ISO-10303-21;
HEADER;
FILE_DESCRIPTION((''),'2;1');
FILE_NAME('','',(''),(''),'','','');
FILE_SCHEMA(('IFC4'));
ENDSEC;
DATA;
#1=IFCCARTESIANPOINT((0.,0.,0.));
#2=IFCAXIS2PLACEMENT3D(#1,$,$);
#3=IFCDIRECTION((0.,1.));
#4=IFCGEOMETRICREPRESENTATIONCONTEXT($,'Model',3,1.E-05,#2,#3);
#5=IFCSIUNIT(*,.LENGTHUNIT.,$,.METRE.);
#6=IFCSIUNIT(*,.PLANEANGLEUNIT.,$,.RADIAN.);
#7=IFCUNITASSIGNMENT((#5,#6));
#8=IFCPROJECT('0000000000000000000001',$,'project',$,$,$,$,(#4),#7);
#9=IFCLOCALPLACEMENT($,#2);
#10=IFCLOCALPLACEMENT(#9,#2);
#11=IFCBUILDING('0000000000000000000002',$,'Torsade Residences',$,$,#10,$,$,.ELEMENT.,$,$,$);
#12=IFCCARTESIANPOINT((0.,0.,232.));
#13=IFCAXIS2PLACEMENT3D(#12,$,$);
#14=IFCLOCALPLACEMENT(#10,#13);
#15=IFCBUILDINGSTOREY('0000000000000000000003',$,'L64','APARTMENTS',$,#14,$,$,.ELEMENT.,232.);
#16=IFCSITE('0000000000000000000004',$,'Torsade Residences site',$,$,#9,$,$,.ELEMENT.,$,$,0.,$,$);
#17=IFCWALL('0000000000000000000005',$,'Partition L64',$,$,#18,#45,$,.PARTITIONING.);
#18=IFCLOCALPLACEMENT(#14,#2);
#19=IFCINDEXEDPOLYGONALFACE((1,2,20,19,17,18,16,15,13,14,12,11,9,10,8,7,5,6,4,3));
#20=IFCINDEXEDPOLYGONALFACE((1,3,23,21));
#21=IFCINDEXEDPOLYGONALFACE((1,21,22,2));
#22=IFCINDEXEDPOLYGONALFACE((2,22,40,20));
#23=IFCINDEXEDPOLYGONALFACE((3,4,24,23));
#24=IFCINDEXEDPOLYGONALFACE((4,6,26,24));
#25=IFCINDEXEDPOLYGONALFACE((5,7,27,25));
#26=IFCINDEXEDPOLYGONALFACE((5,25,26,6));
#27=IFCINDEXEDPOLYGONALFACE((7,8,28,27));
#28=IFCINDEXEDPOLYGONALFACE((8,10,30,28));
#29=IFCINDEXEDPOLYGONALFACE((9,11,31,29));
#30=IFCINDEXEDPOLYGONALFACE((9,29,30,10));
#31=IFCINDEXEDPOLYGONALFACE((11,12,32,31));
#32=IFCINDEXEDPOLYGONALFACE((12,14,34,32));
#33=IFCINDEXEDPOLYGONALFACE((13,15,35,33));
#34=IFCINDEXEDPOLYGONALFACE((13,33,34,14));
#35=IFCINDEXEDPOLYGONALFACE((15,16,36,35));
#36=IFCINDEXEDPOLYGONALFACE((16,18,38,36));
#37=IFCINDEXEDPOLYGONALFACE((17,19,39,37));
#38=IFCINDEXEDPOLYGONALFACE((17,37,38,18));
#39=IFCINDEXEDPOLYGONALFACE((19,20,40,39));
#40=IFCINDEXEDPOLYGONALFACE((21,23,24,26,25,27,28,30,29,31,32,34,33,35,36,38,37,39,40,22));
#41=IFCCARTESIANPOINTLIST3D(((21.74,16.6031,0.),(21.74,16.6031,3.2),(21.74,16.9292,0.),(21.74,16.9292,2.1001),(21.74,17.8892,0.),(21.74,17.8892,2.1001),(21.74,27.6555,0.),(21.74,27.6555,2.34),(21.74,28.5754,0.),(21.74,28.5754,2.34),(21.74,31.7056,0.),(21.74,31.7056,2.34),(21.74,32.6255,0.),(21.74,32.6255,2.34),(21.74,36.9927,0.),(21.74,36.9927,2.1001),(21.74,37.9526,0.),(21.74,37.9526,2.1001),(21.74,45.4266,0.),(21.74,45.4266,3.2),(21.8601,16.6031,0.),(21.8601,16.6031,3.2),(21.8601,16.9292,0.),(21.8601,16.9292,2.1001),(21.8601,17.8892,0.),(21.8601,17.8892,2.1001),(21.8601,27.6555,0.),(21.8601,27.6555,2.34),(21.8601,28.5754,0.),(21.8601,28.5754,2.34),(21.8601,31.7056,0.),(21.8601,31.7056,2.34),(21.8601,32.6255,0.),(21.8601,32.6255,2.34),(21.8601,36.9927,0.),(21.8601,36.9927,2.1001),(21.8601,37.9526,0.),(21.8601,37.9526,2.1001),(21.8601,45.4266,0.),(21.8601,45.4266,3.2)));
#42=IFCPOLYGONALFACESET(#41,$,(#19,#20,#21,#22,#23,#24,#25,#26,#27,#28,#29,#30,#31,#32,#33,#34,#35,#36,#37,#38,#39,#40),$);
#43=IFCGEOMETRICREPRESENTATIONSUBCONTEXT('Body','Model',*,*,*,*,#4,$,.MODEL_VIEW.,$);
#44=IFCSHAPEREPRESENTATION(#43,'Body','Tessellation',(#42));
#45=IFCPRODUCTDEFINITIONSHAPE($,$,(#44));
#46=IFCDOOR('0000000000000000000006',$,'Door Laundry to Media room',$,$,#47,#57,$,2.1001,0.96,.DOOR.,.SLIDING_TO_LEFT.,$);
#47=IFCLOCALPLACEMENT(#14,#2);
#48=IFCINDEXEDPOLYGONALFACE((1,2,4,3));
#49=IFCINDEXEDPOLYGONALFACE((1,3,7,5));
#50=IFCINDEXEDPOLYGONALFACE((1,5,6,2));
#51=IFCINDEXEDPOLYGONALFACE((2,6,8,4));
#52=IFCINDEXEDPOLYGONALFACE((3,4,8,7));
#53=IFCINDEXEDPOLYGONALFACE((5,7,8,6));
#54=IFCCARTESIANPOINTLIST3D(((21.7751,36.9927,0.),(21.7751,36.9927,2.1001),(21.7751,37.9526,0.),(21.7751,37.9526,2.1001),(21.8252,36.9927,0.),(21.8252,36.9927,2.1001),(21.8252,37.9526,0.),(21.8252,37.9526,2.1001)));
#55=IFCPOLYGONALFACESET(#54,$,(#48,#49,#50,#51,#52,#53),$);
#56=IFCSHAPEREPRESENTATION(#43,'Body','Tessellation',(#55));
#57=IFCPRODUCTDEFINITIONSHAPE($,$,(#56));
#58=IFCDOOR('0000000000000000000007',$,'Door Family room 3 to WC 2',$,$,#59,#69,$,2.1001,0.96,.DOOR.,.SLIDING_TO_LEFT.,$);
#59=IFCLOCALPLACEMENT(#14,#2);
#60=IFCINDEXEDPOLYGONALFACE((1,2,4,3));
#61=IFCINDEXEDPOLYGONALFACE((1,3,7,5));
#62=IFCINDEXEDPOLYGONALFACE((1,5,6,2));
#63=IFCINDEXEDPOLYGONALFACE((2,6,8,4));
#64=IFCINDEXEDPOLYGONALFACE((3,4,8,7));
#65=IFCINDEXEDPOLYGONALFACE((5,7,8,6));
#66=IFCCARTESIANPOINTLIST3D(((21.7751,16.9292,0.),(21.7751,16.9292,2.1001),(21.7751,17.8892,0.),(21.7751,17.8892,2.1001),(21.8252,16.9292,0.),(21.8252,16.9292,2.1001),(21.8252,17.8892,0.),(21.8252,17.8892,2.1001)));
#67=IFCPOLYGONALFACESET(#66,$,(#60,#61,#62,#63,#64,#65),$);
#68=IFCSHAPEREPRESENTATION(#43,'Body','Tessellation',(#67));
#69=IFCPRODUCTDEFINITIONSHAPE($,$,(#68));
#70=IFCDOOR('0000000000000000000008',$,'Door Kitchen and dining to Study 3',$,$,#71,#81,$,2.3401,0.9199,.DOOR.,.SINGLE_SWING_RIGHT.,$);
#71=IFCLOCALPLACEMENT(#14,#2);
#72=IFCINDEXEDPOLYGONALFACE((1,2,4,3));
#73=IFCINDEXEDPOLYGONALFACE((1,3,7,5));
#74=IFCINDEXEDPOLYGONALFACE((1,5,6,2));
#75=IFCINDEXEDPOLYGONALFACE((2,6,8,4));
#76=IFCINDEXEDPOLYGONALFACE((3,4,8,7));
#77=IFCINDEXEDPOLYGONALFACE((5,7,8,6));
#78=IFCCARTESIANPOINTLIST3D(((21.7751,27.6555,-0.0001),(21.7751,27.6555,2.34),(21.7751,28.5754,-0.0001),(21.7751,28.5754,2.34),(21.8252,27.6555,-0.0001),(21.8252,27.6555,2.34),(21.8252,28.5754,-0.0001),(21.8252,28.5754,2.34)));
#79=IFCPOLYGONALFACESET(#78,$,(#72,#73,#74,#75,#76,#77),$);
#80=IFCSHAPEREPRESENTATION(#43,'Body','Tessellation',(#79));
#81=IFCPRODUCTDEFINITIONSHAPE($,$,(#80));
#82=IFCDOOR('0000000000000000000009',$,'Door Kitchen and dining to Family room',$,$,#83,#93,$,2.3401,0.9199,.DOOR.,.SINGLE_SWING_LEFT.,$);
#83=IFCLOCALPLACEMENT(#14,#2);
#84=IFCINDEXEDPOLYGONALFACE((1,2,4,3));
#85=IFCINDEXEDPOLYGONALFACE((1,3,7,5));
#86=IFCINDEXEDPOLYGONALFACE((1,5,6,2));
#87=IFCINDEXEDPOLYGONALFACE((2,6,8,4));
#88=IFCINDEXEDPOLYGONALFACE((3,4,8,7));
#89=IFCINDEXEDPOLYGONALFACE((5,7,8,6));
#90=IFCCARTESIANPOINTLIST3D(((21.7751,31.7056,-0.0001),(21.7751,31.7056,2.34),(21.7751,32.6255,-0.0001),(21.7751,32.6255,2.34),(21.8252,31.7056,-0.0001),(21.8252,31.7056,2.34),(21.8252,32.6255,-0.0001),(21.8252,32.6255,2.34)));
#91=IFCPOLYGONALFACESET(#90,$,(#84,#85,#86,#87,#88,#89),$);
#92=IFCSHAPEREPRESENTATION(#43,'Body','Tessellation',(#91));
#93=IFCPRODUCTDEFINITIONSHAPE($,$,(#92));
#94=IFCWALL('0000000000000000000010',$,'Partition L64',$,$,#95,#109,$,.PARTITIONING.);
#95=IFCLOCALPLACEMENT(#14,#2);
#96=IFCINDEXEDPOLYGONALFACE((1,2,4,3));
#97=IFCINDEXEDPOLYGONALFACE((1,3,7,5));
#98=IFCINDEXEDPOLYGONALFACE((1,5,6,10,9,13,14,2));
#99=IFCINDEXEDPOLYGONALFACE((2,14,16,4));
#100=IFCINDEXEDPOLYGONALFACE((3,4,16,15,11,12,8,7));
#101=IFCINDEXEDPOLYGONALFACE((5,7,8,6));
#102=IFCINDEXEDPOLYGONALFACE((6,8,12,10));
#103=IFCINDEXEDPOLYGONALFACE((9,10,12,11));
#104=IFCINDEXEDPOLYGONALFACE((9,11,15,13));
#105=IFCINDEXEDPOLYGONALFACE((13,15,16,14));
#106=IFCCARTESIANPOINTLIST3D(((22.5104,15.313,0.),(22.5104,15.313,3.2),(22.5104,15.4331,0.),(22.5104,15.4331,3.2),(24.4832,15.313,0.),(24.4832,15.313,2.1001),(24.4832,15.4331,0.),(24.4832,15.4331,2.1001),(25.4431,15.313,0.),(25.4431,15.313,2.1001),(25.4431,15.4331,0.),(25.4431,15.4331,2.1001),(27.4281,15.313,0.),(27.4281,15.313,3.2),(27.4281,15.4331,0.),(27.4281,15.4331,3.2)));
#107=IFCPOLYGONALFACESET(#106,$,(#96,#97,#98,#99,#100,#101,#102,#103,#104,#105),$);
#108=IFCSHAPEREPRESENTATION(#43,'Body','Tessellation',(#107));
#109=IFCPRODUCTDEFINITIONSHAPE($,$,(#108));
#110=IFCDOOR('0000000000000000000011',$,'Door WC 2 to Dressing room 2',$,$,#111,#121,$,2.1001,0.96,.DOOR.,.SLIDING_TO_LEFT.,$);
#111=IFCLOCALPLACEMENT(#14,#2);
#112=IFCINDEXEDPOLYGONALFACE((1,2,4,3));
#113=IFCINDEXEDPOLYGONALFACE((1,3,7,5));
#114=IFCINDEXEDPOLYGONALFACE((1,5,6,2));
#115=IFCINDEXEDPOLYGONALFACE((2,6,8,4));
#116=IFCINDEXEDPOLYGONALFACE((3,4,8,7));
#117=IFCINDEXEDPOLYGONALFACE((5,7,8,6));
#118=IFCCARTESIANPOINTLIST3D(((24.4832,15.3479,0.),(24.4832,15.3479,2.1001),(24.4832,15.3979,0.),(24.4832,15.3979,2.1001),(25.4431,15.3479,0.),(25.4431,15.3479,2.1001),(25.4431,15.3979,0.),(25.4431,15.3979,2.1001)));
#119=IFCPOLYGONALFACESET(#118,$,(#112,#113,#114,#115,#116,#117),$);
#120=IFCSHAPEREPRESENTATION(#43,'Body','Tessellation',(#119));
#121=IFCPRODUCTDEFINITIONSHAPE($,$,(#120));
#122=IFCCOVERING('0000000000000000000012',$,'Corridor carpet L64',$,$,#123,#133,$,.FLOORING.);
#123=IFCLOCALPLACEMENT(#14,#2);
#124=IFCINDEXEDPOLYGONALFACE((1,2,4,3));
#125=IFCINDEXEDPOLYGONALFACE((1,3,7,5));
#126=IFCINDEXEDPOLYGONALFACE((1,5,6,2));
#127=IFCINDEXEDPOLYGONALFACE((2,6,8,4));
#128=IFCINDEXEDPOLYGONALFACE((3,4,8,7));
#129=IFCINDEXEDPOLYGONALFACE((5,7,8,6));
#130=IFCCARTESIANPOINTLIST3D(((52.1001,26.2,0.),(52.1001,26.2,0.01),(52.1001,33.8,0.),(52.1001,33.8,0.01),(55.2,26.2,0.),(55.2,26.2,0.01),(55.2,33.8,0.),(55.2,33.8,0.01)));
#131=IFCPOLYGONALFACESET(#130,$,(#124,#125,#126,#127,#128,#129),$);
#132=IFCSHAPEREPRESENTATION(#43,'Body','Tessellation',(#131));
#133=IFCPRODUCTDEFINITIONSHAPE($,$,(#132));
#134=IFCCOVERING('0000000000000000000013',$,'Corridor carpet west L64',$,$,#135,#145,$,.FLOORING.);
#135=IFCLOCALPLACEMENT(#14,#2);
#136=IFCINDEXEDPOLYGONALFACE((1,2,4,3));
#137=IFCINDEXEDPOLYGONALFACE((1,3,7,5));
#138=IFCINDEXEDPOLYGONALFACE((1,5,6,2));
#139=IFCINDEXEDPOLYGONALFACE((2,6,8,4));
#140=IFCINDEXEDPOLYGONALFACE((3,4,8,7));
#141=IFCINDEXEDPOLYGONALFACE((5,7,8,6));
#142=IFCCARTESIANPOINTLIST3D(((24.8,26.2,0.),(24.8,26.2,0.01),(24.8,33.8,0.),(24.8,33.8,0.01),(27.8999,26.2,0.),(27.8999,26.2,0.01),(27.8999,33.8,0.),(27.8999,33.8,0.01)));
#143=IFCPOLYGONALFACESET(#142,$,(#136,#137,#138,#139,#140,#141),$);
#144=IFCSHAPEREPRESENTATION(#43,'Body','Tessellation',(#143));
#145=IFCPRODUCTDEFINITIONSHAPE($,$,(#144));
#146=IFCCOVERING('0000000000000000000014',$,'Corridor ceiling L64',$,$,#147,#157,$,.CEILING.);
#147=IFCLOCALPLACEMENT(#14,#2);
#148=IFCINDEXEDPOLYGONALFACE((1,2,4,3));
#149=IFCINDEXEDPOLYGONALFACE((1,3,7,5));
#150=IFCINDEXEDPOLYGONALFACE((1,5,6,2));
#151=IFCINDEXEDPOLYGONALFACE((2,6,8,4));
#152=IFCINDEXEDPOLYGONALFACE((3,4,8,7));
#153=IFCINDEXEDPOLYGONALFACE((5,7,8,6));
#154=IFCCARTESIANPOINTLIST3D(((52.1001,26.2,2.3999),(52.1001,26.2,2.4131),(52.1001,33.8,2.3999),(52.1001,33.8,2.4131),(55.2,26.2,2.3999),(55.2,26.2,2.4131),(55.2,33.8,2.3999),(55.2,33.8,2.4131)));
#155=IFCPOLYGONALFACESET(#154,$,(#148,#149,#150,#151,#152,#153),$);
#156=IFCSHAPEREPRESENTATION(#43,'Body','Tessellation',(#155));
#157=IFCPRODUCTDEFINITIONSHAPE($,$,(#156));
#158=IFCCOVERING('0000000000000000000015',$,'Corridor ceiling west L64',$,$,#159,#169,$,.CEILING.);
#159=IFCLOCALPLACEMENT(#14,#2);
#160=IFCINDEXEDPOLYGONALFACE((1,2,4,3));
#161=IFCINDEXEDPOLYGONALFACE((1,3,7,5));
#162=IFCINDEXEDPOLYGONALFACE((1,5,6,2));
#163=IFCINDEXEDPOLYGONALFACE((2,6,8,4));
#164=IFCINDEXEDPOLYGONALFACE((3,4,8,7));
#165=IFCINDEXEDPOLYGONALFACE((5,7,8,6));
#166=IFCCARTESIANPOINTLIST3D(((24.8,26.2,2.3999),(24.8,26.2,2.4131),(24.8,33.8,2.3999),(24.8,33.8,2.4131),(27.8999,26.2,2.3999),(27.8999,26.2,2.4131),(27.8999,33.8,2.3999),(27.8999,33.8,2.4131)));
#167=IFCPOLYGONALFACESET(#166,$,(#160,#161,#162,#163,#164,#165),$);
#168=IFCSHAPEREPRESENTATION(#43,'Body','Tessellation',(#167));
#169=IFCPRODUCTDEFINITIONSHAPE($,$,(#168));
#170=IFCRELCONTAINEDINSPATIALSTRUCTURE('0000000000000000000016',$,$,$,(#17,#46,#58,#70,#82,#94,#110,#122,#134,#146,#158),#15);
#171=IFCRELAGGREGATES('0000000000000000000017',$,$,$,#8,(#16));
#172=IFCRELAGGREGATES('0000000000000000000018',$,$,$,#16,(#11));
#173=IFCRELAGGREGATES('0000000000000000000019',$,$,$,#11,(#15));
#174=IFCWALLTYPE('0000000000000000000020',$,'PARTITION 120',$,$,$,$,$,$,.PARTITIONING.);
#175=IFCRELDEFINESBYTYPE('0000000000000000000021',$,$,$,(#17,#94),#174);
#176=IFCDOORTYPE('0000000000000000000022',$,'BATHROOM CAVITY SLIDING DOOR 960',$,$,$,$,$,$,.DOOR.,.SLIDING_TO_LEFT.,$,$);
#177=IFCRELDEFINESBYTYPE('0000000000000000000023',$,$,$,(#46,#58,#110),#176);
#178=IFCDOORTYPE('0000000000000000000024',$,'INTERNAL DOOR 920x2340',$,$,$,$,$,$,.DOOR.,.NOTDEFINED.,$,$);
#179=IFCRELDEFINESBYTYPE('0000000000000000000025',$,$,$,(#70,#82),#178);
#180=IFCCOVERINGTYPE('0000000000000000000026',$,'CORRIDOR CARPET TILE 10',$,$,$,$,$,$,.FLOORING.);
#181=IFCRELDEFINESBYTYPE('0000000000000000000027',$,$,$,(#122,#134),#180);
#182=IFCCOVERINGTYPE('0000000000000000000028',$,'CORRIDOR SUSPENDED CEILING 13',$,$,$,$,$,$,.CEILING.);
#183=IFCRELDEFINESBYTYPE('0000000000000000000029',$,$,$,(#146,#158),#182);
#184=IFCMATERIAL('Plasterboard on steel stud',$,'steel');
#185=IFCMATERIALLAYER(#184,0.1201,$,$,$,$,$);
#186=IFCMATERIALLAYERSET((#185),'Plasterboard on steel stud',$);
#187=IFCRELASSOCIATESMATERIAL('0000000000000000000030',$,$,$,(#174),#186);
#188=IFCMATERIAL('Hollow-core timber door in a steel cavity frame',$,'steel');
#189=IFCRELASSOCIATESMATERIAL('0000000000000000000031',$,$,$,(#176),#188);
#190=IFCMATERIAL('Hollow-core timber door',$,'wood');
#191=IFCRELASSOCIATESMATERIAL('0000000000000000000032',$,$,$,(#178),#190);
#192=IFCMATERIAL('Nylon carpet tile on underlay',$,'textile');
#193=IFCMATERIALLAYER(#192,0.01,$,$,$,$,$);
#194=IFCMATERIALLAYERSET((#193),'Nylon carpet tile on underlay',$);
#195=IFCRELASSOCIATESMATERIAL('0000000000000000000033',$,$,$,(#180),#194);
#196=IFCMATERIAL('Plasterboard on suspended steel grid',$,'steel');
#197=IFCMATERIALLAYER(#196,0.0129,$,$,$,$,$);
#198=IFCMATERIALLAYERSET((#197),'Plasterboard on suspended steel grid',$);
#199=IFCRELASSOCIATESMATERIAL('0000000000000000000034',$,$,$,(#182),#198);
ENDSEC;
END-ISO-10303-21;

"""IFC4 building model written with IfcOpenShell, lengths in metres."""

from ifc_helpers import new_model, si_unit, direction, frame, frame_2d, origin, place, context, subcontext, project, spatial, polyline, rectangle, outline, extrude, material, layer, layer_set, type_object, element, fill, save


model = new_model("IFC4")

# Units and contexts
model_context = context("Model", 3, precision=1e-05, world=origin(), true_north=direction((0.0, 1.0)))
body_context = subcontext(model_context, "Body", "Model", "MODEL_VIEW")
ifc_project = project(units=[si_unit("LENGTHUNIT", "METRE"), si_unit("PLANEANGLEUNIT", "RADIAN")], contexts=[model_context])

# Site, building, storey
site_placement = place(None, origin())
site = spatial("IfcSite", under=ifc_project, at=site_placement, Name="Torsade Residences site", CompositionType="ELEMENT", RefElevation=0.0)
building_placement = place(site_placement, origin())
building = spatial("IfcBuilding", under=site, at=building_placement, Name="Torsade Residences", CompositionType="ELEMENT")
storey_placement = place(building_placement, frame((0.0, 0.0, 232.0)))
storey = spatial("IfcBuildingStorey", under=building, at=storey_placement, Name="L64", Description="APARTMENTS", CompositionType="ELEMENT", Elevation=232.0)

# Wall, openings, doors
ifc_material_1 = material(Name="Plasterboard on steel stud", Category="steel")
ifc_layer_1 = layer(ifc_material_1, 0.1201)
ifc_layer_set_1 = layer_set([ifc_layer_1], Name="Plasterboard on steel stud")
wall_type = type_object("IfcWallType", Name="PARTITION 120", PredefinedType="PARTITIONING", material=ifc_layer_set_1)
wall_1_placement = place(storey_placement, frame((21.8, 16.6033, 0.0), z_axis=(0.0, 0.0, 1.0), x_axis=(0.0, 1.0, 0.0)))
wall_1 = element("IfcWall", 1, at=wall_1_placement, inside=storey, type_object=wall_type, Name="Partition L64", PredefinedType="PARTITIONING", context=body_context, shape_type="SweptSolid", body=[
    extrude(rectangle(XDim=28.8235, YDim=0.1201, at=frame_2d((14.4116, 0.0))), origin(), (0.0, 0.0, 1.0), 3.2),
])
opening_1_placement = place(wall_1_placement, frame((11.0522, 0.0, 0.0)))
opening_1 = element("IfcOpeningElement", 2, at=opening_1_placement, cuts=wall_1, PredefinedType="OPENING", context=body_context, shape_type="SweptSolid", body=[
    extrude(rectangle(XDim=0.9199, YDim=2.3401, at=frame_2d((0.46, 1.1699))), frame((0.0, 0.0701, 0.0), z_axis=(0.0, -1.0, 0.0), x_axis=(1.0, 0.0, 0.0)), (0.0, 0.0, 1.0), 0.1401),
])
opening_2_placement = place(wall_1_placement, frame((15.1023, 0.0, 0.0)))
opening_2 = element("IfcOpeningElement", 3, at=opening_2_placement, cuts=wall_1, PredefinedType="OPENING", context=body_context, shape_type="SweptSolid", body=[
    extrude(rectangle(XDim=0.9199, YDim=2.3401, at=frame_2d((0.46, 1.1699))), frame((0.0, 0.0701, 0.0), z_axis=(0.0, -1.0, 0.0), x_axis=(1.0, 0.0, 0.0)), (0.0, 0.0, 1.0), 0.1401),
])
opening_3_placement = place(wall_1_placement, frame((20.3894, 0.0, 0.0)))
opening_3 = element("IfcOpeningElement", 4, at=opening_3_placement, cuts=wall_1, PredefinedType="OPENING", context=body_context, shape_type="SweptSolid", body=[
    extrude(rectangle(XDim=0.96, YDim=2.1001, at=frame_2d((0.48, 1.05))), frame((0.0, 0.0701, 0.0), z_axis=(0.0, -1.0, 0.0), x_axis=(1.0, 0.0, 0.0)), (0.0, 0.0, 1.0), 0.1401),
])
opening_4_placement = place(wall_1_placement, frame((0.3259, 0.0, 0.0)))
opening_4 = element("IfcOpeningElement", 5, at=opening_4_placement, cuts=wall_1, PredefinedType="OPENING", context=body_context, shape_type="SweptSolid", body=[
    extrude(rectangle(XDim=0.96, YDim=2.1001, at=frame_2d((0.48, 1.05))), frame((0.0, 0.0701, 0.0), z_axis=(0.0, -1.0, 0.0), x_axis=(1.0, 0.0, 0.0)), (0.0, 0.0, 1.0), 0.1401),
])
ifc_material_2 = material(Name="Hollow-core timber door in a steel cavity frame", Category="steel")
door_type_1 = type_object("IfcDoorType", Name="BATHROOM CAVITY SLIDING DOOR 960", OperationType="SLIDING_TO_LEFT", PredefinedType="DOOR", material=ifc_material_2)
door_1_placement = place(opening_3_placement, origin())
door_1 = element("IfcDoor", 6, at=door_1_placement, inside=storey, type_object=door_type_1, Name="Door Laundry to Media room", OperationType="SLIDING_TO_LEFT", OverallHeight=2.1001, OverallWidth=0.96, PredefinedType="DOOR", context=body_context, shape_type="SweptSolid", body=[
    extrude(rectangle(XDim=0.96, YDim=2.1001, at=frame_2d((0.48, 1.05))), frame((0.0, 0.0249, 0.0), z_axis=(0.0, -1.0, 0.0), x_axis=(1.0, 0.0, 0.0)), (0.0, 0.0, 1.0), 0.05),
])
fill(opening_3, door_1)
door_2_placement = place(opening_4_placement, origin())
door_2 = element("IfcDoor", 7, at=door_2_placement, inside=storey, type_object=door_type_1, Name="Door Family room 3 to WC 2", OperationType="SLIDING_TO_LEFT", OverallHeight=2.1001, OverallWidth=0.96, PredefinedType="DOOR", context=body_context, shape_type="SweptSolid", body=[
    extrude(rectangle(XDim=0.96, YDim=2.1001, at=frame_2d((0.48, 1.05))), frame((0.0, 0.0249, 0.0), z_axis=(0.0, -1.0, 0.0), x_axis=(1.0, 0.0, 0.0)), (0.0, 0.0, 1.0), 0.05),
])
fill(opening_4, door_2)
ifc_material_3 = material(Name="Hollow-core timber door", Category="wood")
door_type_2 = type_object("IfcDoorType", Name="INTERNAL DOOR 920x2340", OperationType="NOTDEFINED", PredefinedType="DOOR", material=ifc_material_3)
door_3_placement = place(opening_1_placement, origin())
door_3 = element("IfcDoor", 8, at=door_3_placement, inside=storey, type_object=door_type_2, Name="Door Kitchen and dining to Study 3", OperationType="SINGLE_SWING_RIGHT", OverallHeight=2.3401, OverallWidth=0.9199, PredefinedType="DOOR", context=body_context, shape_type="SweptSolid", body=[
    extrude(rectangle(XDim=0.9199, YDim=2.3401, at=frame_2d((0.46, 1.1699))), frame((0.0, 0.0249, 0.0), z_axis=(0.0, -1.0, 0.0), x_axis=(1.0, 0.0, 0.0)), (0.0, 0.0, 1.0), 0.05),
])
fill(opening_1, door_3)
door_4_placement = place(opening_2_placement, origin())
door_4 = element("IfcDoor", 9, at=door_4_placement, inside=storey, type_object=door_type_2, Name="Door Kitchen and dining to Family room", OperationType="SINGLE_SWING_LEFT", OverallHeight=2.3401, OverallWidth=0.9199, PredefinedType="DOOR", context=body_context, shape_type="SweptSolid", body=[
    extrude(rectangle(XDim=0.9199, YDim=2.3401, at=frame_2d((0.46, 1.1699))), frame((0.0, 0.0249, 0.0), z_axis=(0.0, -1.0, 0.0), x_axis=(1.0, 0.0, 0.0)), (0.0, 0.0, 1.0), 0.05),
])
fill(opening_2, door_4)

# Wall, opening, door
wall_2_placement = place(storey_placement, frame((22.5103, 15.373, 0.0), z_axis=(0.0, 0.0, 1.0), x_axis=(1.0, 0.0, 0.0)))
wall_2 = element("IfcWall", 10, at=wall_2_placement, inside=storey, type_object=wall_type, Name="Partition L64", PredefinedType="PARTITIONING", context=body_context, shape_type="SweptSolid", body=[
    extrude(rectangle(XDim=4.9177, YDim=0.1201, at=frame_2d((2.459, 0.0))), origin(), (0.0, 0.0, 1.0), 3.2),
])
opening_5_placement = place(wall_2_placement, frame((1.9729, 0.0, 0.0)))
opening_5 = element("IfcOpeningElement", 11, at=opening_5_placement, cuts=wall_2, PredefinedType="OPENING", context=body_context, shape_type="SweptSolid", body=[
    extrude(rectangle(XDim=0.96, YDim=2.1001, at=frame_2d((0.48, 1.05))), frame((0.0, 0.0701, 0.0), z_axis=(0.0, -1.0, 0.0), x_axis=(1.0, 0.0, 0.0)), (0.0, 0.0, 1.0), 0.1401),
])
door_5_placement = place(opening_5_placement, origin())
door_5 = element("IfcDoor", 12, at=door_5_placement, inside=storey, type_object=door_type_1, Name="Door WC 2 to Dressing room 2", OperationType="SLIDING_TO_LEFT", OverallHeight=2.1001, OverallWidth=0.96, PredefinedType="DOOR", context=body_context, shape_type="SweptSolid", body=[
    extrude(rectangle(XDim=0.96, YDim=2.1001, at=frame_2d((0.48, 1.05))), frame((0.0, 0.0249, 0.0), z_axis=(0.0, -1.0, 0.0), x_axis=(1.0, 0.0, 0.0)), (0.0, 0.0, 1.0), 0.05),
])
fill(opening_5, door_5)

# Coverings
ifc_material_4 = material(Name="Nylon carpet tile on underlay", Category="textile")
ifc_layer_2 = layer(ifc_material_4, 0.01)
ifc_layer_set_2 = layer_set([ifc_layer_2], Name="Nylon carpet tile on underlay")
covering_type_1 = type_object("IfcCoveringType", Name="CORRIDOR CARPET TILE 10", PredefinedType="FLOORING", material=ifc_layer_set_2)
covering_1_placement = place(storey_placement, origin())
element("IfcCovering", 13, at=covering_1_placement, inside=storey, type_object=covering_type_1, Name="Corridor carpet L64", PredefinedType="FLOORING", context=body_context, shape_type="SweptSolid", body=[
    extrude(outline(polyline([(55.2, 26.2), (55.2, 33.8), (52.1001, 33.8), (52.1001, 26.2), (55.2, 26.2)])), origin(), (0.0, 0.0, 1.0), 0.01),
])
covering_2_placement = place(storey_placement, origin())
element("IfcCovering", 14, at=covering_2_placement, inside=storey, type_object=covering_type_1, Name="Corridor carpet west L64", PredefinedType="FLOORING", context=body_context, shape_type="SweptSolid", body=[
    extrude(outline(polyline([(27.8999, 26.2), (27.8999, 33.8), (24.8, 33.8), (24.8, 26.2), (27.8999, 26.2)])), origin(), (0.0, 0.0, 1.0), 0.01),
])
ifc_material_5 = material(Name="Plasterboard on suspended steel grid", Category="steel")
ifc_layer_3 = layer(ifc_material_5, 0.0129)
ifc_layer_set_3 = layer_set([ifc_layer_3], Name="Plasterboard on suspended steel grid")
covering_type_2 = type_object("IfcCoveringType", Name="CORRIDOR SUSPENDED CEILING 13", PredefinedType="CEILING", material=ifc_layer_set_3)
covering_3_placement = place(storey_placement, frame((0.0, 0.0, 2.3999)))
element("IfcCovering", 15, at=covering_3_placement, inside=storey, type_object=covering_type_2, Name="Corridor ceiling L64", PredefinedType="CEILING", context=body_context, shape_type="SweptSolid", body=[
    extrude(outline(polyline([(55.2, 26.2), (55.2, 33.8), (52.1001, 33.8), (52.1001, 26.2), (55.2, 26.2)])), origin(), (0.0, 0.0, 1.0), 0.0132),
])
covering_4_placement = place(storey_placement, frame((0.0, 0.0, 2.3999)))
element("IfcCovering", 16, at=covering_4_placement, inside=storey, type_object=covering_type_2, Name="Corridor ceiling west L64", PredefinedType="CEILING", context=body_context, shape_type="SweptSolid", body=[
    extrude(outline(polyline([(27.8999, 26.2), (27.8999, 33.8), (24.8, 33.8), (24.8, 26.2), (27.8999, 26.2)])), origin(), (0.0, 0.0, 1.0), 0.0132),
])

save(model, "model.ifc")
